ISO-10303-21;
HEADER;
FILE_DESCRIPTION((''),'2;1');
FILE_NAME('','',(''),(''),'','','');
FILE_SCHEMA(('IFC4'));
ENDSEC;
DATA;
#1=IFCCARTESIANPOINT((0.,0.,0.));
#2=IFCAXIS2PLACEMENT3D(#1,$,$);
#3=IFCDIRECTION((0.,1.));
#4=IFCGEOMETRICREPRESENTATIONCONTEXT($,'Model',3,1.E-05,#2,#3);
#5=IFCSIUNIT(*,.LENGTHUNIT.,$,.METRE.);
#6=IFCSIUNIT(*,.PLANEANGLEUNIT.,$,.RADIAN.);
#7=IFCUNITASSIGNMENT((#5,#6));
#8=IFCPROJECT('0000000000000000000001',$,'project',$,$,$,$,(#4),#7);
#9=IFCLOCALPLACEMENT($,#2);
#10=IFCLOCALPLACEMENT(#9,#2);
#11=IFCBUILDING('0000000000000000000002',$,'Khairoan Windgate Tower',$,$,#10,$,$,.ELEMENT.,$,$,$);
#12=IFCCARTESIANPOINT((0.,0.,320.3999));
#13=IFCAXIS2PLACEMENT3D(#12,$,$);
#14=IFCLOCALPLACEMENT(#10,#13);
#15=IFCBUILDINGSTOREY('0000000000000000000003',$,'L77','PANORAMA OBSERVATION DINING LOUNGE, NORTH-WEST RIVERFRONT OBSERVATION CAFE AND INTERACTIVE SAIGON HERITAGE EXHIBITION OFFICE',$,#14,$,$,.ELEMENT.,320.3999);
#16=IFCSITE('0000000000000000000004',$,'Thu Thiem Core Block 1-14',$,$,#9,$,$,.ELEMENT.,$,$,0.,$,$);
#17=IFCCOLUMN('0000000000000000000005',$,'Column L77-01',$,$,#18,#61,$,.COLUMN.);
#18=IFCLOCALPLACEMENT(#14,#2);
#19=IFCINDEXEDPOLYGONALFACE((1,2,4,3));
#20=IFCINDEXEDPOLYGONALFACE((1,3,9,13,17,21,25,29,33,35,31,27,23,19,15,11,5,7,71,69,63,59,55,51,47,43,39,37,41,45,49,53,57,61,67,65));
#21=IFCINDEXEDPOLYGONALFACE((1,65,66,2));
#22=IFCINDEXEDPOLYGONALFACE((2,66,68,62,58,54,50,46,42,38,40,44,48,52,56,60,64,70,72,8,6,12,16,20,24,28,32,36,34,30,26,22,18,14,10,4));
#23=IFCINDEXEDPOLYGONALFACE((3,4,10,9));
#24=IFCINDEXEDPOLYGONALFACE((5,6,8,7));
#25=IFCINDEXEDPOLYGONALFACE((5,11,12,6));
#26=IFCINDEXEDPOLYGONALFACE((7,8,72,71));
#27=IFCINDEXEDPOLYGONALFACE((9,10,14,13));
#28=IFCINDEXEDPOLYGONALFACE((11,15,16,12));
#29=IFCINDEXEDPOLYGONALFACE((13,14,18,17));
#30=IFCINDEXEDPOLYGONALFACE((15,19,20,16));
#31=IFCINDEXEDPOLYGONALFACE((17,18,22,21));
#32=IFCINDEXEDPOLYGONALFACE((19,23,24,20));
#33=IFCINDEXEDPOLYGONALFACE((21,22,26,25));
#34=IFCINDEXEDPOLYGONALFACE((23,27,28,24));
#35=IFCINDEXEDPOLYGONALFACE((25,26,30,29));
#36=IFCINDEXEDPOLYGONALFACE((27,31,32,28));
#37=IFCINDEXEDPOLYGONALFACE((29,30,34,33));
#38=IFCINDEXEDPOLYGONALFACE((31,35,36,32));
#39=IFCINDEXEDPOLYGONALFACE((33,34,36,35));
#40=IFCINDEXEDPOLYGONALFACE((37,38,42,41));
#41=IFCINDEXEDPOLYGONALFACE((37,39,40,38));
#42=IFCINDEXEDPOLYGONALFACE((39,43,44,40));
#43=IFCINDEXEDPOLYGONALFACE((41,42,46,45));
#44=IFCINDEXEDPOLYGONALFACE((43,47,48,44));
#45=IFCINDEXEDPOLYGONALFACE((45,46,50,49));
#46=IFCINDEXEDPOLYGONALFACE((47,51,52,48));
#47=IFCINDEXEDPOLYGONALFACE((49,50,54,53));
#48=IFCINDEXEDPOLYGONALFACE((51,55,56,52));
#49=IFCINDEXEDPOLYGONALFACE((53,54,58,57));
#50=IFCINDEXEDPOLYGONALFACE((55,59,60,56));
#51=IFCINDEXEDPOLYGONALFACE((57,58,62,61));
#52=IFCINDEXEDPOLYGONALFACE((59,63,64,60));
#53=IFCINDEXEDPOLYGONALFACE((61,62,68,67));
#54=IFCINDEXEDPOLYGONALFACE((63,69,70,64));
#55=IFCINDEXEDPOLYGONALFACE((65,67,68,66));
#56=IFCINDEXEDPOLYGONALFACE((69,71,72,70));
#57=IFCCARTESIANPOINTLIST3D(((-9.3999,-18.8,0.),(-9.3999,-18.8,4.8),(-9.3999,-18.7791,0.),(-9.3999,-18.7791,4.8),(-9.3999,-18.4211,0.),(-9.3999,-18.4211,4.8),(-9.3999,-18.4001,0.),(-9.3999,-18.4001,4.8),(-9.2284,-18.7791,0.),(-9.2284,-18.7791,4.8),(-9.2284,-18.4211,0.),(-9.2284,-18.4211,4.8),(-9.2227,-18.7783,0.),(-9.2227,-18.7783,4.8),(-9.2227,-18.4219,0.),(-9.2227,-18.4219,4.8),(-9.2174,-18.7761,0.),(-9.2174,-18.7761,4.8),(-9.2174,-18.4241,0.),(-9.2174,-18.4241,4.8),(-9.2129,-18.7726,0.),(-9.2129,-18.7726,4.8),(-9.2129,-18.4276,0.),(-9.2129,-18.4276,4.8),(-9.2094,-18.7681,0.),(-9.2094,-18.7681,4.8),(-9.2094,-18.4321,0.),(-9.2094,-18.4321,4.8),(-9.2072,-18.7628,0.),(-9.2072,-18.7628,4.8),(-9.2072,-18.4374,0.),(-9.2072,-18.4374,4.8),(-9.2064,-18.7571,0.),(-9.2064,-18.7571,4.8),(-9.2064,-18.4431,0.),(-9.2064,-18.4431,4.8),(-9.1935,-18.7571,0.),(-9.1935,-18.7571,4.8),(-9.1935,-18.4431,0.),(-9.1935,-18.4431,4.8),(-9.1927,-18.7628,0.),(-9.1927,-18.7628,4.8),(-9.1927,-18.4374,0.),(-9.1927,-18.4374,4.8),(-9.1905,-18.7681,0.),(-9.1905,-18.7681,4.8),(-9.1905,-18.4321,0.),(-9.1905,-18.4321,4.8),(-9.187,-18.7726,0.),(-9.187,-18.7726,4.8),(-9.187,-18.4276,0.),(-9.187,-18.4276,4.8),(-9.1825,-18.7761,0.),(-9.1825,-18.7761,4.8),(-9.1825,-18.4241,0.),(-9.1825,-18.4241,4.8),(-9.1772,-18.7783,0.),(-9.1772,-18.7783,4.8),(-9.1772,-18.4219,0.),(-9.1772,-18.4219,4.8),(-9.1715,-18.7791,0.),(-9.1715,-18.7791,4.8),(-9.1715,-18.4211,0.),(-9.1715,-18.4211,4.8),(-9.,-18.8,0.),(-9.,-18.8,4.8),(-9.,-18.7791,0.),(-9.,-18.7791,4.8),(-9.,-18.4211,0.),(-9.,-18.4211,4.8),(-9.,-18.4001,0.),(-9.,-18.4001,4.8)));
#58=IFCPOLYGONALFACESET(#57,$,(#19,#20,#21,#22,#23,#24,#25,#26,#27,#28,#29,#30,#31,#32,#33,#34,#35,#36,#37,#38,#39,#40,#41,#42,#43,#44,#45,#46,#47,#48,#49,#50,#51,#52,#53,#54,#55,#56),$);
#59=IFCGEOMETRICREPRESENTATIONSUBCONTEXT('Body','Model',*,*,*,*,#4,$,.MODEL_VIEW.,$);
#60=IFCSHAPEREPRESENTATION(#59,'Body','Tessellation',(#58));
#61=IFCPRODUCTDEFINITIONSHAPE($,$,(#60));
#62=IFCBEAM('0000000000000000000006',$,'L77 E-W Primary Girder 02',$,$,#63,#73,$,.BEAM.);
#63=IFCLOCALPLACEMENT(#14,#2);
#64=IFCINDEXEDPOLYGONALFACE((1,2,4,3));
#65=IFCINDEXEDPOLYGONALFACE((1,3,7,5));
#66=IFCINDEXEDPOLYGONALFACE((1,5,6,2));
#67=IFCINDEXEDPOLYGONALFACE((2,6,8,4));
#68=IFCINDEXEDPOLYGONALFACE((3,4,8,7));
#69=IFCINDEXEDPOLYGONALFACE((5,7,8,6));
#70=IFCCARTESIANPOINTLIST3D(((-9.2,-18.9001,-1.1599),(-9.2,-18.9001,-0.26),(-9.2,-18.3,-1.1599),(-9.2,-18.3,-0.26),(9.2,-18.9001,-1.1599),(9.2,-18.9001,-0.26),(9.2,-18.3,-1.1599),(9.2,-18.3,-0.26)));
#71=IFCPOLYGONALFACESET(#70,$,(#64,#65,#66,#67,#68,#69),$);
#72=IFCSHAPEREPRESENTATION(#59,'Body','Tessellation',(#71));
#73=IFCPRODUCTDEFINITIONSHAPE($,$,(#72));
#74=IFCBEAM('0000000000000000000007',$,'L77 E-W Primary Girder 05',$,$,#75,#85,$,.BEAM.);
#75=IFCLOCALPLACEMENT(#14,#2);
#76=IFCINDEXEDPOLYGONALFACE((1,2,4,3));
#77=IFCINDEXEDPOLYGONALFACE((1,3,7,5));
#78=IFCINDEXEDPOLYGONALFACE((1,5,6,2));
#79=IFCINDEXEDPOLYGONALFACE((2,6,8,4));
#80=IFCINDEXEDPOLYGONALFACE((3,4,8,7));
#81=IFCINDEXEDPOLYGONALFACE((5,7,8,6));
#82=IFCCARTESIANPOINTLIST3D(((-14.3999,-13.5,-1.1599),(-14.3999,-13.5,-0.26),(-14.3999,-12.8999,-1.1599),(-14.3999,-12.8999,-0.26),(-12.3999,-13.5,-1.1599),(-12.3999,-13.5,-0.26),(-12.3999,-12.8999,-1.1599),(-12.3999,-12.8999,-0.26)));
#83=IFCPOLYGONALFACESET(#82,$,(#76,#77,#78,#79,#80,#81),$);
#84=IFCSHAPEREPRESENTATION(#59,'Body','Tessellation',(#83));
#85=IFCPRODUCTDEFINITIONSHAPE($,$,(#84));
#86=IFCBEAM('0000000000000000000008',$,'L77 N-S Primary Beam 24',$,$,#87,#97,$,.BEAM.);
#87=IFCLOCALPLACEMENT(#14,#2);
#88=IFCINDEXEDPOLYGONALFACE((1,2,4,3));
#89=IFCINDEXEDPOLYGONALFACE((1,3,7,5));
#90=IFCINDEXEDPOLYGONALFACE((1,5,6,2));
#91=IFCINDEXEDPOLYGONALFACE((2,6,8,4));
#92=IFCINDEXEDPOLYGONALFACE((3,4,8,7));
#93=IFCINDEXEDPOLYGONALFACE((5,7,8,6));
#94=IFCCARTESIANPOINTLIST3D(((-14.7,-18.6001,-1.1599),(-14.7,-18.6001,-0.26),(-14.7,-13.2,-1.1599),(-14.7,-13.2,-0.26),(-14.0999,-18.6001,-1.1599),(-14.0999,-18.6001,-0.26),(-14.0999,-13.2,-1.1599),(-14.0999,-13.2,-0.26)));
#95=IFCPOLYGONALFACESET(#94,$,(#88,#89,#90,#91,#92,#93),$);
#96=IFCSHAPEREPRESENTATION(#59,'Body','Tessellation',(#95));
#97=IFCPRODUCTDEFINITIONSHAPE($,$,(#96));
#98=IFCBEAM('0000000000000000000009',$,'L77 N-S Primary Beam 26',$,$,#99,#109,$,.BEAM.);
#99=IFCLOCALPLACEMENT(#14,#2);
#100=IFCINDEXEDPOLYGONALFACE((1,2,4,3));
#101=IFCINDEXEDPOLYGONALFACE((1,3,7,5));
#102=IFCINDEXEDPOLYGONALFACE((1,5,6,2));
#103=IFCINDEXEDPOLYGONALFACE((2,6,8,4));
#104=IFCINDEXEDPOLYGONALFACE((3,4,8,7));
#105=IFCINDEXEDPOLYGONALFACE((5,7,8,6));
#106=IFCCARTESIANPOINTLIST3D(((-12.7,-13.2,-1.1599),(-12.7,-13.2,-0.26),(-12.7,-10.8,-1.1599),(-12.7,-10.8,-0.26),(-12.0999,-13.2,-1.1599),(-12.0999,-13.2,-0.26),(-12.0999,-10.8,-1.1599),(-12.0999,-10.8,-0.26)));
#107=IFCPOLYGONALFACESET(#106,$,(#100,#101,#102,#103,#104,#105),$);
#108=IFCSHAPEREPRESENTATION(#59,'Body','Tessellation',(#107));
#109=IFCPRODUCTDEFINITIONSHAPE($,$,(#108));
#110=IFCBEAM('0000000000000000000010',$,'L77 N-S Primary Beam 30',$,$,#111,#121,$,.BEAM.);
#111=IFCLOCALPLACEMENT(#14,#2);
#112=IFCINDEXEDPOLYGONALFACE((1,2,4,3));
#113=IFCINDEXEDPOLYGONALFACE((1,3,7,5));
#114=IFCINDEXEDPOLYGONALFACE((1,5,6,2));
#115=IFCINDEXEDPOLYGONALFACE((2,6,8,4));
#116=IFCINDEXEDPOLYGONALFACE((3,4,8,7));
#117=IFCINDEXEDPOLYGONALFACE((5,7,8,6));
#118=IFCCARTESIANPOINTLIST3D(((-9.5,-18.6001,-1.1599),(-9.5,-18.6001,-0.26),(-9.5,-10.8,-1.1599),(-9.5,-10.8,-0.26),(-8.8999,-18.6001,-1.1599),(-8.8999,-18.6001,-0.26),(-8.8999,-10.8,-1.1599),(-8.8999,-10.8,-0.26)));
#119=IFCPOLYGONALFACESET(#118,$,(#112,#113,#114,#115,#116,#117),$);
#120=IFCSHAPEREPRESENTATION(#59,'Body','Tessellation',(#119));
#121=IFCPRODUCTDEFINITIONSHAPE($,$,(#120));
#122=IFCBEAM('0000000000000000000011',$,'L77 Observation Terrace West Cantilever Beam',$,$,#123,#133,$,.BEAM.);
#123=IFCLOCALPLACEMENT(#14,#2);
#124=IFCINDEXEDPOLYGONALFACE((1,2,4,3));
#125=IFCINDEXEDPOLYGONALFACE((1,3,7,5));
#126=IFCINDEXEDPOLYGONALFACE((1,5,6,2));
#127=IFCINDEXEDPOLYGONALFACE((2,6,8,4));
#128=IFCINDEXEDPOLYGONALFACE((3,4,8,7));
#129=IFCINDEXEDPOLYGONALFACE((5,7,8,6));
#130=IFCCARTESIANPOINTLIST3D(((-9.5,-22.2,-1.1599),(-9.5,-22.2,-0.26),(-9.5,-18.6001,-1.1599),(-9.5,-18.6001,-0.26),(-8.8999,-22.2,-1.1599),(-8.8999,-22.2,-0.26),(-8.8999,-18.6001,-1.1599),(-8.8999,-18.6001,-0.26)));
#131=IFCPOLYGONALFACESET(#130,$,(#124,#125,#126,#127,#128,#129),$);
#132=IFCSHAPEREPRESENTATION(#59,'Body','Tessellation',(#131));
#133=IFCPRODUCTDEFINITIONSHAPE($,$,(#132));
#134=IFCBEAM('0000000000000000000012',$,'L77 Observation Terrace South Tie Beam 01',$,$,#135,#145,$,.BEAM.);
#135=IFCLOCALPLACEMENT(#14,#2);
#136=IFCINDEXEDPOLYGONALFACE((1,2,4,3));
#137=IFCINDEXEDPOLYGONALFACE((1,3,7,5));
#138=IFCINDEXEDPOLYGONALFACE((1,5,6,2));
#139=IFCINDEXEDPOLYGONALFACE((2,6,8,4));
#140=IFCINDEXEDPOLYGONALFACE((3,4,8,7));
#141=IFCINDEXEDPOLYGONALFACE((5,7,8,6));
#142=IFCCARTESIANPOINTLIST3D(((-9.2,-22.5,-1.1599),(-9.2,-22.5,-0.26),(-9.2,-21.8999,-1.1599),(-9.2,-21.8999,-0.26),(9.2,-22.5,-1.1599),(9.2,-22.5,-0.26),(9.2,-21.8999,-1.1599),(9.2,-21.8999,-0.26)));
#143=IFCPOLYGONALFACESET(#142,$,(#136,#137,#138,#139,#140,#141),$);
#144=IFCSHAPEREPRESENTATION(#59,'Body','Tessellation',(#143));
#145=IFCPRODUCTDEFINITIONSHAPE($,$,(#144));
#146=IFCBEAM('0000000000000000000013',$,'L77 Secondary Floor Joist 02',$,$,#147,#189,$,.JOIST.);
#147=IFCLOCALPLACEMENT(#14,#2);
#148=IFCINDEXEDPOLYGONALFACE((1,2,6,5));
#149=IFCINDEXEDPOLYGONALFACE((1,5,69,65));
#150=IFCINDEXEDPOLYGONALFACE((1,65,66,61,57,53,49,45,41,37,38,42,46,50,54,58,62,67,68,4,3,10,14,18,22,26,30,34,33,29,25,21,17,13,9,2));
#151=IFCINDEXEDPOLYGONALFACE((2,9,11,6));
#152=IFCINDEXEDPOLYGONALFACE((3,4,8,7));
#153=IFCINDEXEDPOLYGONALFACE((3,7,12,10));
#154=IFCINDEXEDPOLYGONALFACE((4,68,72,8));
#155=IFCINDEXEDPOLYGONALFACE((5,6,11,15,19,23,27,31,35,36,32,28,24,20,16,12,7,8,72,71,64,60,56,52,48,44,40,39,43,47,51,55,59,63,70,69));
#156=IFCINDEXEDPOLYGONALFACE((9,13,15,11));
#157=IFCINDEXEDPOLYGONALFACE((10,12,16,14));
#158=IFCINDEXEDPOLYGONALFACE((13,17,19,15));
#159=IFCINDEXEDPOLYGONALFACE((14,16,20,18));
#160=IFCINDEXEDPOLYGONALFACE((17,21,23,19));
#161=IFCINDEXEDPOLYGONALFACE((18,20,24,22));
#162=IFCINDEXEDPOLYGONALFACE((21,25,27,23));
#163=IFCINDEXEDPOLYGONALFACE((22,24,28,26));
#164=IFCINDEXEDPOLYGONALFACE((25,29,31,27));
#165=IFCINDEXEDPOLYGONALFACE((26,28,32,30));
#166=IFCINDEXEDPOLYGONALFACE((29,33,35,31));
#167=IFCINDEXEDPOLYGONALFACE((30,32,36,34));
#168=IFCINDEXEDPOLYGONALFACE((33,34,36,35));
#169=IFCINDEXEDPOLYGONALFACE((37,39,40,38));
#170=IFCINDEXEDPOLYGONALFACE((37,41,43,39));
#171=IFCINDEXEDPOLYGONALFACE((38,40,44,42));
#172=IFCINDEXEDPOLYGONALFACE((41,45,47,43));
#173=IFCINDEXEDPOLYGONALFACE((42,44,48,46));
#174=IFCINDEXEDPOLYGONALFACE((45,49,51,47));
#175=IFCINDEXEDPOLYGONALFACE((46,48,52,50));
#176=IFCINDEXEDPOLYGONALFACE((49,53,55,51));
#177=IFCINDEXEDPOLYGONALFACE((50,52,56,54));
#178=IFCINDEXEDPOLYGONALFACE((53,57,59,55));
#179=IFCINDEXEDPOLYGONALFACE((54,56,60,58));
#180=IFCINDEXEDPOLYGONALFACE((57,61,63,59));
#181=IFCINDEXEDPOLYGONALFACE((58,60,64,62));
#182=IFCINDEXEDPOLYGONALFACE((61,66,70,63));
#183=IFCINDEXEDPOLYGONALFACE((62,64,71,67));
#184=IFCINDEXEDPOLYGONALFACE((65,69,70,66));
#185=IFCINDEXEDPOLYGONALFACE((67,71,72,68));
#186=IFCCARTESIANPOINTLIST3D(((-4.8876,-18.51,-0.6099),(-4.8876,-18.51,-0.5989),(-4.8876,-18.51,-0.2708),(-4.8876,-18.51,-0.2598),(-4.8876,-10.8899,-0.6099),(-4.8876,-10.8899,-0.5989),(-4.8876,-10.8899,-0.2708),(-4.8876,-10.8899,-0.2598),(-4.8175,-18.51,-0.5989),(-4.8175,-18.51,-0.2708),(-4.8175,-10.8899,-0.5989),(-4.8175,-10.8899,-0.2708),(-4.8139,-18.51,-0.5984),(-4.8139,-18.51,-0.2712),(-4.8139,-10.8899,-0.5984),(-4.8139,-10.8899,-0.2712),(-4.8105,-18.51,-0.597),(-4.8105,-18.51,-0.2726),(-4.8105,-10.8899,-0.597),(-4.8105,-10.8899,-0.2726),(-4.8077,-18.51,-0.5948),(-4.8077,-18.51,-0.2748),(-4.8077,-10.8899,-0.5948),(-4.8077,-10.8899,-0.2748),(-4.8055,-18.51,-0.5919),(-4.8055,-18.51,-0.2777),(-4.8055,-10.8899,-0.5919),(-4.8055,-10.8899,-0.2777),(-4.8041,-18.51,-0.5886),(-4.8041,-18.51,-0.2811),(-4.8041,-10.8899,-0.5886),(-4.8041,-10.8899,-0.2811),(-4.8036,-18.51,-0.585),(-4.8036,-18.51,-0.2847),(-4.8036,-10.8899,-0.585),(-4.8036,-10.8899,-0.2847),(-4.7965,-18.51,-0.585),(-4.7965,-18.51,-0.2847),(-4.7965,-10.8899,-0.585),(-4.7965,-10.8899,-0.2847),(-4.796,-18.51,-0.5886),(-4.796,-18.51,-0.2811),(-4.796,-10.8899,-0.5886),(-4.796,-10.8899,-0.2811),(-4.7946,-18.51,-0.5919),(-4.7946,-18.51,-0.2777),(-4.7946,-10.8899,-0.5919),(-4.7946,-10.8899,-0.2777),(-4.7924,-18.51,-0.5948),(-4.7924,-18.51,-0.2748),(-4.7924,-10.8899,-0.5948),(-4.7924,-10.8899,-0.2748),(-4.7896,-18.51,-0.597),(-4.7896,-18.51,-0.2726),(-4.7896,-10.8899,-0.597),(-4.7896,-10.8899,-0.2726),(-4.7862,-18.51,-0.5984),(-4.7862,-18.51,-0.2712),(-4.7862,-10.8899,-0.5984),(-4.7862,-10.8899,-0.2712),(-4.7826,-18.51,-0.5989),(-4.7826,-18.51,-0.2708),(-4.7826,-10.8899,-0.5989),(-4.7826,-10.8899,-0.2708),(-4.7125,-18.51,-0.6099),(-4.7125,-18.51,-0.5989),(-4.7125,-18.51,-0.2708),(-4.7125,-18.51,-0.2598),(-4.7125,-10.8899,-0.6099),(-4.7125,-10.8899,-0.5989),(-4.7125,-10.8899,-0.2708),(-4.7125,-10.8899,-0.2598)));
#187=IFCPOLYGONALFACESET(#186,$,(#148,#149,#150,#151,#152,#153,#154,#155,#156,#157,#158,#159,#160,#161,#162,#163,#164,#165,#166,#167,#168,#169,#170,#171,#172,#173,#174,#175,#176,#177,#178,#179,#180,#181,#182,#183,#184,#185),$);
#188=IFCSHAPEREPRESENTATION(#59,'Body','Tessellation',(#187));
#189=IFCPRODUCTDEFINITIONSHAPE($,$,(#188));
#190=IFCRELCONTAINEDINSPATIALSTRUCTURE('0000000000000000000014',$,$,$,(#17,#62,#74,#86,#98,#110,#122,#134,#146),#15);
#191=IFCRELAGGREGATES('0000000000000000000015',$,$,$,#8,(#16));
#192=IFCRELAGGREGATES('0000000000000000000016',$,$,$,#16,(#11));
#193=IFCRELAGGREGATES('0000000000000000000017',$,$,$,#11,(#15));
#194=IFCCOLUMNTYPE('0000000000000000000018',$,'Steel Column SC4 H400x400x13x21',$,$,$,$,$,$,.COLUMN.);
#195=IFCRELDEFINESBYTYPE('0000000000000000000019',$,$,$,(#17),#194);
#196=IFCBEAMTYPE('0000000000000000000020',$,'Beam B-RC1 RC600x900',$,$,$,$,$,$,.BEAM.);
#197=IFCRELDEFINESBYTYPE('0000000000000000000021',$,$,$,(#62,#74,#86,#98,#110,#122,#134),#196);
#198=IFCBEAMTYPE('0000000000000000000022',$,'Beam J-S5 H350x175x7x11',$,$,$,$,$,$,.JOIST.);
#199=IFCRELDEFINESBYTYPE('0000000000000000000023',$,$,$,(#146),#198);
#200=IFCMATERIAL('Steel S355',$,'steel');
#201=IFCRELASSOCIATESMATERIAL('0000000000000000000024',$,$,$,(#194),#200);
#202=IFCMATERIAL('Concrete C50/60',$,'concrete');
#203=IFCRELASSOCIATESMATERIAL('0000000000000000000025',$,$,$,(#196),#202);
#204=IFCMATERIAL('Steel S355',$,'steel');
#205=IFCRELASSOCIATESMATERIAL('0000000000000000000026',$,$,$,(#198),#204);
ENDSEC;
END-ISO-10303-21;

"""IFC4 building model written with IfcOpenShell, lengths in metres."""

from ifc_helpers import new_model, si_unit, direction, frame, origin, origin_2d, place, context, subcontext, project, spatial, rectangle, i_section, extrude, material, material_profile, profile_set, type_object, element, save


model = new_model("IFC4")

# Units and contexts
model_context = context("Model", 3, precision=1e-05, world=origin(), true_north=direction((0.0, 1.0)))
body_context = subcontext(model_context, "Body", "Model", "MODEL_VIEW")
ifc_project = project(units=[si_unit("LENGTHUNIT", "METRE"), si_unit("PLANEANGLEUNIT", "RADIAN")], contexts=[model_context])

# Site, building, storey
site_placement = place(None, origin())
site = spatial("IfcSite", under=ifc_project, at=site_placement, Name="Thu Thiem Core Block 1-14", CompositionType="ELEMENT", RefElevation=0.0)
building_placement = place(site_placement, origin())
building = spatial("IfcBuilding", under=site, at=building_placement, Name="Khairoan Windgate Tower", CompositionType="ELEMENT")
storey_placement = place(building_placement, frame((0.0, 0.0, 320.3999)))
storey = spatial("IfcBuildingStorey", under=building, at=storey_placement, Name="L77", Description="PANORAMA OBSERVATION DINING LOUNGE, NORTH-WEST RIVERFRONT OBSERVATION CAFE AND INTERACTIVE SAIGON HERITAGE EXHIBITION OFFICE", CompositionType="ELEMENT", Elevation=320.3999)

# Column
ifc_material_1 = material(Name="Steel S355", Category="steel")
ifc_material_profile_1 = material_profile(ifc_material_1, i_section(OverallWidth=0.3999, OverallDepth=0.3999, WebThickness=0.0129, FlangeThickness=0.021, FilletRadius=0.022, at=origin_2d()))
ifc_profile_set_1 = profile_set([ifc_material_profile_1], Name="Steel S355")
column_type = type_object("IfcColumnType", Name="Steel Column SC4 H400x400x13x21", PredefinedType="COLUMN", material=ifc_profile_set_1)
column_placement = place(storey_placement, frame((-9.2, -18.6001, 0.0), z_axis=(0.0, 0.0, 1.0), x_axis=(1.0, 0.0, 0.0)))
element("IfcColumn", 1, at=column_placement, inside=storey, type_object=column_type, Name="Column L77-01", PredefinedType="COLUMN", context=body_context, shape_type="SweptSolid", body=[
    extrude(i_section(OverallWidth=0.3999, OverallDepth=0.3999, WebThickness=0.0129, FlangeThickness=0.021, FilletRadius=0.022, at=origin_2d()), origin(), (0.0, 0.0, 1.0), 4.8),
])

# Beams
ifc_material_2 = material(Name="Concrete C50/60", Category="concrete")
ifc_material_profile_2 = material_profile(ifc_material_2, rectangle(XDim=0.6001, YDim=0.8999, at=origin_2d()))
ifc_profile_set_2 = profile_set([ifc_material_profile_2], Name="Concrete C50/60")
beam_type_1 = type_object("IfcBeamType", Name="Beam B-RC1 RC600x900", PredefinedType="BEAM", material=ifc_profile_set_2)
beam_1_placement = place(storey_placement, frame((-9.2, -18.6001, -0.71), z_axis=(1.0, 0.0, 0.0), x_axis=(0.0, 1.0, 0.0)))
element("IfcBeam", 2, at=beam_1_placement, inside=storey, type_object=beam_type_1, Name="L77 E-W Primary Girder 02", PredefinedType="BEAM", context=body_context, shape_type="SweptSolid", body=[
    extrude(rectangle(XDim=0.6001, YDim=0.8999, at=origin_2d()), origin(), (0.0, 0.0, 1.0), 18.3999),
])
beam_2_placement = place(storey_placement, frame((-14.3999, -13.2, -0.71), z_axis=(1.0, 0.0, 0.0), x_axis=(0.0, 1.0, 0.0)))
element("IfcBeam", 3, at=beam_2_placement, inside=storey, type_object=beam_type_1, Name="L77 E-W Primary Girder 05", PredefinedType="BEAM", context=body_context, shape_type="SweptSolid", body=[
    extrude(rectangle(XDim=0.6001, YDim=0.8999, at=origin_2d()), origin(), (0.0, 0.0, 1.0), 2.0),
])
beam_3_placement = place(storey_placement, frame((-14.3999, -18.6001, -0.71), z_axis=(0.0, 1.0, 0.0), x_axis=(-1.0, 0.0, 0.0)))
element("IfcBeam", 4, at=beam_3_placement, inside=storey, type_object=beam_type_1, Name="L77 N-S Primary Beam 24", PredefinedType="BEAM", context=body_context, shape_type="SweptSolid", body=[
    extrude(rectangle(XDim=0.6001, YDim=0.8999, at=origin_2d()), origin(), (0.0, 0.0, 1.0), 5.4001),
])
beam_4_placement = place(storey_placement, frame((-12.3999, -13.2, -0.71), z_axis=(0.0, 1.0, 0.0), x_axis=(-1.0, 0.0, 0.0)))
element("IfcBeam", 5, at=beam_4_placement, inside=storey, type_object=beam_type_1, Name="L77 N-S Primary Beam 26", PredefinedType="BEAM", context=body_context, shape_type="SweptSolid", body=[
    extrude(rectangle(XDim=0.6001, YDim=0.8999, at=origin_2d()), origin(), (0.0, 0.0, 1.0), 2.3999),
])
beam_5_placement = place(storey_placement, frame((-9.2, -18.6001, -0.71), z_axis=(0.0, 1.0, 0.0), x_axis=(-1.0, 0.0, 0.0)))
element("IfcBeam", 6, at=beam_5_placement, inside=storey, type_object=beam_type_1, Name="L77 N-S Primary Beam 30", PredefinedType="BEAM", context=body_context, shape_type="SweptSolid", body=[
    extrude(rectangle(XDim=0.6001, YDim=0.8999, at=origin_2d()), origin(), (0.0, 0.0, 1.0), 7.8),
])
beam_6_placement = place(storey_placement, frame((-9.2, -22.2, -0.71), z_axis=(0.0, 1.0, 0.0), x_axis=(-1.0, 0.0, 0.0)))
element("IfcBeam", 7, at=beam_6_placement, inside=storey, type_object=beam_type_1, Name="L77 Observation Terrace West Cantilever Beam", PredefinedType="BEAM", context=body_context, shape_type="SweptSolid", body=[
    extrude(rectangle(XDim=0.6001, YDim=0.8999, at=origin_2d()), origin(), (0.0, 0.0, 1.0), 3.5999),
])
beam_7_placement = place(storey_placement, frame((-9.2, -22.2, -0.71), z_axis=(1.0, 0.0, 0.0), x_axis=(0.0, 1.0, 0.0)))
element("IfcBeam", 8, at=beam_7_placement, inside=storey, type_object=beam_type_1, Name="L77 Observation Terrace South Tie Beam 01", PredefinedType="BEAM", context=body_context, shape_type="SweptSolid", body=[
    extrude(rectangle(XDim=0.6001, YDim=0.8999, at=origin_2d()), origin(), (0.0, 0.0, 1.0), 18.3999),
])
ifc_material_3 = material(Name="Steel S355", Category="steel")
ifc_material_profile_3 = material_profile(ifc_material_3, i_section(OverallWidth=0.175, OverallDepth=0.3501, WebThickness=0.0071, FlangeThickness=0.011, FilletRadius=0.0139, at=origin_2d()))
ifc_profile_set_3 = profile_set([ifc_material_profile_3], Name="Steel S355")
beam_type_2 = type_object("IfcBeamType", Name="Beam J-S5 H350x175x7x11", PredefinedType="JOIST", material=ifc_profile_set_3)
beam_8_placement = place(storey_placement, frame((-4.8, -18.51, -0.4348), z_axis=(0.0, 1.0, 0.0), x_axis=(-1.0, 0.0, 0.0)))
element("IfcBeam", 9, at=beam_8_placement, inside=storey, type_object=beam_type_2, Name="L77 Secondary Floor Joist 02", PredefinedType="JOIST", context=body_context, shape_type="SweptSolid", body=[
    extrude(i_section(OverallWidth=0.175, OverallDepth=0.3501, WebThickness=0.0071, FlangeThickness=0.011, FilletRadius=0.0139, at=origin_2d()), origin(), (0.0, 0.0, 1.0), 7.6201),
])

save(model, "model.ifc")
